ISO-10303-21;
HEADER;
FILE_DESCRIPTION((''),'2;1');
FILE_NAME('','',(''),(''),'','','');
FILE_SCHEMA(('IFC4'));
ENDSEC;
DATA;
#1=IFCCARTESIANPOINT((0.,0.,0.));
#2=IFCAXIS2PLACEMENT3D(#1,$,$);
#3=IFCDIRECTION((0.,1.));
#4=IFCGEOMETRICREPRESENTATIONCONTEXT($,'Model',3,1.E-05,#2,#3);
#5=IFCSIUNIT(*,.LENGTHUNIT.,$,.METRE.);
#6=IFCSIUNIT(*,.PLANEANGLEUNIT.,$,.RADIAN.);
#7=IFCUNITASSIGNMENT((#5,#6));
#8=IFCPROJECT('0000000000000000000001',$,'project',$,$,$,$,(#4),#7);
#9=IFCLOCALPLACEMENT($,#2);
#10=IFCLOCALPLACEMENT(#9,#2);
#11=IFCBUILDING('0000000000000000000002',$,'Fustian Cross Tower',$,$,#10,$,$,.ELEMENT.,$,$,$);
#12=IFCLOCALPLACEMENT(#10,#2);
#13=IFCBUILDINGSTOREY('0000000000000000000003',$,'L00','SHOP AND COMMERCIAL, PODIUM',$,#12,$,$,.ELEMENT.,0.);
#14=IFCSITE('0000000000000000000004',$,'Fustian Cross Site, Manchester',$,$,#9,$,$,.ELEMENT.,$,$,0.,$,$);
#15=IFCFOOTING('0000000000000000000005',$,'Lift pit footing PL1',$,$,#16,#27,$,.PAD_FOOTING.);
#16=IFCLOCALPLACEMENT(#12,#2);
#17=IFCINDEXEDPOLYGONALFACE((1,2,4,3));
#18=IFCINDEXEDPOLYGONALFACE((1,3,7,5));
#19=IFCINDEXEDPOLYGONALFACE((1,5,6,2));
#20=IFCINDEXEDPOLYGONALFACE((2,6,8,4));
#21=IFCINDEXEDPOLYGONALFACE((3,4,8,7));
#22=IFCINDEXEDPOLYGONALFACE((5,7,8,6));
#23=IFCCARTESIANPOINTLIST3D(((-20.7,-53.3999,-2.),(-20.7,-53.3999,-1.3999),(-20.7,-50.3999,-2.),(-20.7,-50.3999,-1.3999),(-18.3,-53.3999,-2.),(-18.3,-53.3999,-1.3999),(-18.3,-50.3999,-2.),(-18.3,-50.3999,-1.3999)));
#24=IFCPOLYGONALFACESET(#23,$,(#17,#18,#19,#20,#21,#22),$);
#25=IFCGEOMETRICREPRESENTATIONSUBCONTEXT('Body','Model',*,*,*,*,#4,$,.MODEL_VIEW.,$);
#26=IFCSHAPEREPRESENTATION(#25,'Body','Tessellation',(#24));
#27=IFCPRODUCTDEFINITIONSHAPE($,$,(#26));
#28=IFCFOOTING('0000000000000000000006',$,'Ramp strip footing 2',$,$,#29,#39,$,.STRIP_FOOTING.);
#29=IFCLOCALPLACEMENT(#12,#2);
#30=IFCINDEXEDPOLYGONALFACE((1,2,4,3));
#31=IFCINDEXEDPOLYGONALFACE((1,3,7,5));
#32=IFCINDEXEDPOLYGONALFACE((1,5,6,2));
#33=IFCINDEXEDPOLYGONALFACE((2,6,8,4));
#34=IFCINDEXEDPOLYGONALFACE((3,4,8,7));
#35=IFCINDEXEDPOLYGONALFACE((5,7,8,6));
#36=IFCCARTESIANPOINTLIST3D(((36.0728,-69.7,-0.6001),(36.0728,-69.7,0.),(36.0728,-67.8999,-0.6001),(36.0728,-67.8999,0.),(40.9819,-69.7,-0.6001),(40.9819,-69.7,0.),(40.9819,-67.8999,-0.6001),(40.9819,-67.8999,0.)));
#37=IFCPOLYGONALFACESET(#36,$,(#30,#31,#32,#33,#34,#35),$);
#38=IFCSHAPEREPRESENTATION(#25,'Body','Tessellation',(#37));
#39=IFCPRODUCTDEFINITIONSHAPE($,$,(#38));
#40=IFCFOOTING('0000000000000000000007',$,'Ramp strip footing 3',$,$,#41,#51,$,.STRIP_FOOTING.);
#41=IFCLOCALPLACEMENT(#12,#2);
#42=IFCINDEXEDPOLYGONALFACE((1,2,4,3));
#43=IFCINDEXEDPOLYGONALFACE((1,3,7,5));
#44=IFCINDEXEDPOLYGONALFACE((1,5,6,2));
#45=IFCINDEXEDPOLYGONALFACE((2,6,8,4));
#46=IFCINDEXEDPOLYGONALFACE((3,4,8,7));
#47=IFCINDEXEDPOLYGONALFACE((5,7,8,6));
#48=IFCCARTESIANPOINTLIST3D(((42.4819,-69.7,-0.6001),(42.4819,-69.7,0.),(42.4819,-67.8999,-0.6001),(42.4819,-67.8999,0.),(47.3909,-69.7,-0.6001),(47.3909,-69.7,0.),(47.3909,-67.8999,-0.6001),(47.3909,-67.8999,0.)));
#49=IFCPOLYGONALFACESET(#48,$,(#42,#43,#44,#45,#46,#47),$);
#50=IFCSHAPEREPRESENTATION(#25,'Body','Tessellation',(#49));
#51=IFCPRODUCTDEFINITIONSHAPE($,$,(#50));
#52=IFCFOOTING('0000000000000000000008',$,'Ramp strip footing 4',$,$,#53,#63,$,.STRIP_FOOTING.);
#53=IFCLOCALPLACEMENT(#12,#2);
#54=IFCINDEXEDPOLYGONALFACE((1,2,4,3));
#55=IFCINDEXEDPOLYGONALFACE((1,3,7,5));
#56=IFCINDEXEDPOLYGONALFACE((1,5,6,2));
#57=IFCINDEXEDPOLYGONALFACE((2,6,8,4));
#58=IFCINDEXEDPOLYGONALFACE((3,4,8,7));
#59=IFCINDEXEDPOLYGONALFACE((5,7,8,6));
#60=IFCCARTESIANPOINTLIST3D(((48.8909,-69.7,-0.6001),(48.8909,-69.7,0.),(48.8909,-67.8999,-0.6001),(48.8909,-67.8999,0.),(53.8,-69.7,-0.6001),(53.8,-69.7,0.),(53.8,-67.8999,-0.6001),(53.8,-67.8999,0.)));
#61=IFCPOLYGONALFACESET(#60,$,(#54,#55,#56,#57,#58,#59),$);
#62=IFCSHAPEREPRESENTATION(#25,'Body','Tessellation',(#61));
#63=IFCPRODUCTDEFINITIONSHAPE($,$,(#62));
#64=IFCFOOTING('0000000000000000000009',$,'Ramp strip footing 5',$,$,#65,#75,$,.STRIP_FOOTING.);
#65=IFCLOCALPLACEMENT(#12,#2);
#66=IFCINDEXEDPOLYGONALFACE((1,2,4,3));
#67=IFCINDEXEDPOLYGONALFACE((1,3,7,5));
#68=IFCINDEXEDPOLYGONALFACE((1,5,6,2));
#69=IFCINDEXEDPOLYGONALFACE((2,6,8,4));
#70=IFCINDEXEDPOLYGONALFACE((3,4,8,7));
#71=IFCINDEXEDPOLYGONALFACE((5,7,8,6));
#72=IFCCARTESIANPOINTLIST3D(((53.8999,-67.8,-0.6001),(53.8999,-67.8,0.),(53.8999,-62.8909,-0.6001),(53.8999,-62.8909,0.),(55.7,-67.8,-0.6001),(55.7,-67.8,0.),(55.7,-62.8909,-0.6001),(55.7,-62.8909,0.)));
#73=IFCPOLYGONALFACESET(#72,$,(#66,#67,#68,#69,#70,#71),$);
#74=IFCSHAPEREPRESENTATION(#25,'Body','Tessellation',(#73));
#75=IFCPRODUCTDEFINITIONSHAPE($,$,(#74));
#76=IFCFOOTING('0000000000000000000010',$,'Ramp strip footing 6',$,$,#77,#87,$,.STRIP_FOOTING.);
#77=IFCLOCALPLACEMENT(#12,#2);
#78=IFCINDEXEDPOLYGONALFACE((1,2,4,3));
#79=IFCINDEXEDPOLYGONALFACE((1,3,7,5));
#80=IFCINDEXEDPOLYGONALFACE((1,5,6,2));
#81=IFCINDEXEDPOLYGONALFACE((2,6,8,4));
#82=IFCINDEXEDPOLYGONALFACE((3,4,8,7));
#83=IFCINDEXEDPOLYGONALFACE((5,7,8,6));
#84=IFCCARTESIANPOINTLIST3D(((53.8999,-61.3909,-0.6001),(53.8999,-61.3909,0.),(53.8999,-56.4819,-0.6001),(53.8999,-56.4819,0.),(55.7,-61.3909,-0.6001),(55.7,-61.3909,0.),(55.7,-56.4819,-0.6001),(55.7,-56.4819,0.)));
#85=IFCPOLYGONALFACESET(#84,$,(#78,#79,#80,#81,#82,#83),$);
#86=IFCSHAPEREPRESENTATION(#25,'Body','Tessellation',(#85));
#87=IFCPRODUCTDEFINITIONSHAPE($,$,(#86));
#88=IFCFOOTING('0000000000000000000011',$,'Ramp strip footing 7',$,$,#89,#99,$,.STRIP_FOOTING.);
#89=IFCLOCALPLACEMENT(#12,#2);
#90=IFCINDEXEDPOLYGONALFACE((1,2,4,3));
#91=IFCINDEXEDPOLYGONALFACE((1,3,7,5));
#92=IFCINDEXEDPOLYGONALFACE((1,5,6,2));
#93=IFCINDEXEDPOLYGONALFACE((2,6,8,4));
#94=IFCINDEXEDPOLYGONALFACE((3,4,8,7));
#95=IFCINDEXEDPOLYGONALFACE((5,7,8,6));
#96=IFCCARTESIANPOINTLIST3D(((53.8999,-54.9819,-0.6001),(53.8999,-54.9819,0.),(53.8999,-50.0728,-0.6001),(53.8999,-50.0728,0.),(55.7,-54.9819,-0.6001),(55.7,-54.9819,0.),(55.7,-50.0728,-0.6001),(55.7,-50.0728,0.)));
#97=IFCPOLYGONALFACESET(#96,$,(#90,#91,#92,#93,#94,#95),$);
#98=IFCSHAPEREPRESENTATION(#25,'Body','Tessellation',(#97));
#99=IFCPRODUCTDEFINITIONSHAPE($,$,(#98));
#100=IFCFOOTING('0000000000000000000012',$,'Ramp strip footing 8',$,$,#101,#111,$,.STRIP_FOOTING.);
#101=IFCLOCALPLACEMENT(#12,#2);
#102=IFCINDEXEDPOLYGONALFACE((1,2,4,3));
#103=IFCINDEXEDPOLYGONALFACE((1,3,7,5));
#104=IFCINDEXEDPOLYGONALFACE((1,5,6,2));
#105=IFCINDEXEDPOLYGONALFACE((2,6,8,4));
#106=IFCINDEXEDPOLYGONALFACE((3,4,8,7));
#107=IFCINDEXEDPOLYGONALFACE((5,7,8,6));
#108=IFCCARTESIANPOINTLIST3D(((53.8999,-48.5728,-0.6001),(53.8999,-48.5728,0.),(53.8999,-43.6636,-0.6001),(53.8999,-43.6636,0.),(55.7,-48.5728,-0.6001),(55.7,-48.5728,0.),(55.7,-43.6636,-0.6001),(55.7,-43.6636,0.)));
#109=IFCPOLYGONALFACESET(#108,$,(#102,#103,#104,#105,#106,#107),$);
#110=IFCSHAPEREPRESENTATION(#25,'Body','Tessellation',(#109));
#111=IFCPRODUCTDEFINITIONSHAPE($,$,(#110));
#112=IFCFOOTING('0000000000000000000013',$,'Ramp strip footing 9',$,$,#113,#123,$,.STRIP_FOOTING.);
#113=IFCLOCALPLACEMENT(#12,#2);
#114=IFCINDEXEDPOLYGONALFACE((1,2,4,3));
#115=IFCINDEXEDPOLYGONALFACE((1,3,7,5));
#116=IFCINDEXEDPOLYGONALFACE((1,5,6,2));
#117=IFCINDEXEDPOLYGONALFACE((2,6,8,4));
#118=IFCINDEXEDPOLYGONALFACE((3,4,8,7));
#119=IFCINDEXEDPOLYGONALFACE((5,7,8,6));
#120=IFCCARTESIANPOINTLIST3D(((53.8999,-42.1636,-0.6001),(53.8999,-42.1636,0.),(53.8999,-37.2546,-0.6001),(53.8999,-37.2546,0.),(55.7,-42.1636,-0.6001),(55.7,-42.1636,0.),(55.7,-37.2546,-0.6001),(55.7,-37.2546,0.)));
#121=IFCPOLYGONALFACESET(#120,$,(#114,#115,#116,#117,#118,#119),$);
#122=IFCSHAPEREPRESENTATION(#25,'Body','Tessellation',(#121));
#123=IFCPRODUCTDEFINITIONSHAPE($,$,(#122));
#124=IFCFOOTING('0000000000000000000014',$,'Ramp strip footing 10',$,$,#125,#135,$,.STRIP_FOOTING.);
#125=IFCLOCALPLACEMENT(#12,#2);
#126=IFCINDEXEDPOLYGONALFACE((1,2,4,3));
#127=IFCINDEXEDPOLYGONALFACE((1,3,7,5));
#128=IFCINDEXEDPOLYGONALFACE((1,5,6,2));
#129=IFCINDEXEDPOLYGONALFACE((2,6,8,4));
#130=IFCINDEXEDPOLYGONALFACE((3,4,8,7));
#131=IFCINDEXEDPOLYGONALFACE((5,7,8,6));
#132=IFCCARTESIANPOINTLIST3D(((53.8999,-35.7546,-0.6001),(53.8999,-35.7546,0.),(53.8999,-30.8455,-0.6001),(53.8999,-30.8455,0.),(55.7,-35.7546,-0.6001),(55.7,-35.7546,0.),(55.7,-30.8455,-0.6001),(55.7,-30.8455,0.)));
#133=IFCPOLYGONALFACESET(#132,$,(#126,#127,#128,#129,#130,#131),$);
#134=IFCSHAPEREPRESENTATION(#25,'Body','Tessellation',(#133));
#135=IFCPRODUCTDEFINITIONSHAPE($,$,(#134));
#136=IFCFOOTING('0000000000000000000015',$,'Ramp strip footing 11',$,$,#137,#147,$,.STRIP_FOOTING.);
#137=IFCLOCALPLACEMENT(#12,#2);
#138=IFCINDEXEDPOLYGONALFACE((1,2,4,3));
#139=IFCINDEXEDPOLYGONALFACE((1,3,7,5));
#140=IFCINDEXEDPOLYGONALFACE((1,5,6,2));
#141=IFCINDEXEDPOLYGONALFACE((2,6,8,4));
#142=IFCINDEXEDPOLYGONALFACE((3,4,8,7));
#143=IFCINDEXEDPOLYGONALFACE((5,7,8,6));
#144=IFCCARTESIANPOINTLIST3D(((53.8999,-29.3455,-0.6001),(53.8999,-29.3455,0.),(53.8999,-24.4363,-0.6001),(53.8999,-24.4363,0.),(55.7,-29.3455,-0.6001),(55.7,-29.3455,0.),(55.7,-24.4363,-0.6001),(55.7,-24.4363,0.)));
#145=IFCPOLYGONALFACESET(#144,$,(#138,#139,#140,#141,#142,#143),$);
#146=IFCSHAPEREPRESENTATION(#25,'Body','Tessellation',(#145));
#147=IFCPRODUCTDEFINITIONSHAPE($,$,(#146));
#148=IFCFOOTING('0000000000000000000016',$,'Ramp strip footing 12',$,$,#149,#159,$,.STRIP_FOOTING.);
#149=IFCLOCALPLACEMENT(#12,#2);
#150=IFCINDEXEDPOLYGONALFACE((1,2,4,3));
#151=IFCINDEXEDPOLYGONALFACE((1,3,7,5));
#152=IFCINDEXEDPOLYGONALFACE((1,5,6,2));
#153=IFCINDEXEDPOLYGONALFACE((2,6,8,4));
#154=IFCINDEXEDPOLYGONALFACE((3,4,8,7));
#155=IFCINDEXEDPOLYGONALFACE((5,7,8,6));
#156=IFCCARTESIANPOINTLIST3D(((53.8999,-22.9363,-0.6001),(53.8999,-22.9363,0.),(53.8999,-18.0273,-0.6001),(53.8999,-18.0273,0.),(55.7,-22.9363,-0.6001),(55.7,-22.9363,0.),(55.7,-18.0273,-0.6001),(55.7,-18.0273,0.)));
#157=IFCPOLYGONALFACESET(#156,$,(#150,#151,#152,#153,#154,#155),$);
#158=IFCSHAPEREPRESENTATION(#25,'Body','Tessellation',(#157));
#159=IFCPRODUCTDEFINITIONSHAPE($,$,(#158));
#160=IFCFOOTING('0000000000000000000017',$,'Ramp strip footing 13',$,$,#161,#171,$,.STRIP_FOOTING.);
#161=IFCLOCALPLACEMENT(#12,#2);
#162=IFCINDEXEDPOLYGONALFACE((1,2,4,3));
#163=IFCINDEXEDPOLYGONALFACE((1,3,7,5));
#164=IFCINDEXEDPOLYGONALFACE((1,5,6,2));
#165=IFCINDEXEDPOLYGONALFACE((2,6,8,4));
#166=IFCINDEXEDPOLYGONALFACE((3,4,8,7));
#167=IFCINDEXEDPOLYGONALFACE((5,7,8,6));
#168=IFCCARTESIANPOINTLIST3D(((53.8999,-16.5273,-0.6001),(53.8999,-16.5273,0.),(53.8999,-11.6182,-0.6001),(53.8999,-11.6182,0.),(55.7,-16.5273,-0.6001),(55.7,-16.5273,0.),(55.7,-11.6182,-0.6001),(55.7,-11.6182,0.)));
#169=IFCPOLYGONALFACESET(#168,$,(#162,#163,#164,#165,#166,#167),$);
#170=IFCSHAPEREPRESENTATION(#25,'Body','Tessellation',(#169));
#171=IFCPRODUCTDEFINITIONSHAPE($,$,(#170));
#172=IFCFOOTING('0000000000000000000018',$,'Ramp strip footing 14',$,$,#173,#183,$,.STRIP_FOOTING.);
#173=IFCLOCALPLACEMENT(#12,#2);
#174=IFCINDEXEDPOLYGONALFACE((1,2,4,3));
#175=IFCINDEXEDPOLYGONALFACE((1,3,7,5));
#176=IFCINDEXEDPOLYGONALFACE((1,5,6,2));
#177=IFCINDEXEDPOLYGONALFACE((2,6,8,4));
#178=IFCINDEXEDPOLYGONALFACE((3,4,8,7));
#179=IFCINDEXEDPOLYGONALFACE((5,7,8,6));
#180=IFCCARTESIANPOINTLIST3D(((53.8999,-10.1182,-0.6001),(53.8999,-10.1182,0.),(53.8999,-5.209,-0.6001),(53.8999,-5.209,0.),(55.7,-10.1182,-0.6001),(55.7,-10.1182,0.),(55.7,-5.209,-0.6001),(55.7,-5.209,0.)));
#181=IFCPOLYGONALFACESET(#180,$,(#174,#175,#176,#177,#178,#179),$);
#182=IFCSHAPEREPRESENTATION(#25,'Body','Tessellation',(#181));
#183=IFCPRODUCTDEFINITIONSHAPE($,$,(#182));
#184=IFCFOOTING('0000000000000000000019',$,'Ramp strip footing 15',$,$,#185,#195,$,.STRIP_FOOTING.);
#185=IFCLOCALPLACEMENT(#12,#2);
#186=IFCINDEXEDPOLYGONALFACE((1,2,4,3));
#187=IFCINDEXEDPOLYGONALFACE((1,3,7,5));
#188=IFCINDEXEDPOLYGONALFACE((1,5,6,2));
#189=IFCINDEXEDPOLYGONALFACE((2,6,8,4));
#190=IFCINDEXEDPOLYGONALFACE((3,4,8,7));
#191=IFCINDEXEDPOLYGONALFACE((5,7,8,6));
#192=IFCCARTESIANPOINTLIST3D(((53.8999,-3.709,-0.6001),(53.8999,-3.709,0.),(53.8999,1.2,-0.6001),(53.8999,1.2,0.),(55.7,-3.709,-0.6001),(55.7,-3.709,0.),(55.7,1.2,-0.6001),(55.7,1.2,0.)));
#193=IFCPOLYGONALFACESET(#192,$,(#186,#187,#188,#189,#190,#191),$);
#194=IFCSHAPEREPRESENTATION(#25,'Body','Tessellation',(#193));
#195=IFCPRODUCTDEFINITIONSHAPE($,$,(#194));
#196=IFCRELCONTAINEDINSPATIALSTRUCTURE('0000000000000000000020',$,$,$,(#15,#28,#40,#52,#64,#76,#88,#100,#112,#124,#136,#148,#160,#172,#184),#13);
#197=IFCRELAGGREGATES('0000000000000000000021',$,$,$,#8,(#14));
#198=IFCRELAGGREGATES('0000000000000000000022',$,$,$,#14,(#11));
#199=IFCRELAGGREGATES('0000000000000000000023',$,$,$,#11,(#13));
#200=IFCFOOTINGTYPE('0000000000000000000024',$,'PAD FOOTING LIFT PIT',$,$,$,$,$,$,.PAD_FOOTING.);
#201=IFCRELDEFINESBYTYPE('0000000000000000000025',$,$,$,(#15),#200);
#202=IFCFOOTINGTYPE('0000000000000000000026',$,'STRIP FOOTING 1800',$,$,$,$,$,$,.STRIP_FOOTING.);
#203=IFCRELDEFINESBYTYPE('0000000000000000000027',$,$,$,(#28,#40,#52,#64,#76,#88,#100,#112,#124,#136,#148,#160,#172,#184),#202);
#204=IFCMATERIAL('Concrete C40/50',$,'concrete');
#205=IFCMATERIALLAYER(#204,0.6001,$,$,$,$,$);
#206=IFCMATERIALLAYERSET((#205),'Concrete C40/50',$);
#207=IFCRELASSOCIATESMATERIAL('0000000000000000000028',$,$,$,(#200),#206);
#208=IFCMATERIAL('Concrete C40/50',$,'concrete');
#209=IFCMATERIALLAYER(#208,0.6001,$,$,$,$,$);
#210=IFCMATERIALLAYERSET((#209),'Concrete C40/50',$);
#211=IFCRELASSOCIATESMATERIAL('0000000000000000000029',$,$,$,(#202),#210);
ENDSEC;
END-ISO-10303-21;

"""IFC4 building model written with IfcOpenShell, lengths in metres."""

from ifc_helpers import new_model, si_unit, direction, frame, origin, place, context, subcontext, project, spatial, polyline, outline, extrude, material, layer, layer_set, type_object, element, save


model = new_model("IFC4")

# Units and contexts
model_context = context("Model", 3, precision=1e-05, world=origin(), true_north=direction((0.0, 1.0)))
body_context = subcontext(model_context, "Body", "Model", "MODEL_VIEW")
ifc_project = project(units=[si_unit("LENGTHUNIT", "METRE"), si_unit("PLANEANGLEUNIT", "RADIAN")], contexts=[model_context])

# Site, building, storey
site_placement = place(None, origin())
site = spatial("IfcSite", under=ifc_project, at=site_placement, Name="Fustian Cross Site, Manchester", CompositionType="ELEMENT", RefElevation=0.0)
building_placement = place(site_placement, origin())
building = spatial("IfcBuilding", under=site, at=building_placement, Name="Fustian Cross Tower", CompositionType="ELEMENT")
storey_placement = place(building_placement, origin())
storey = spatial("IfcBuildingStorey", under=building, at=storey_placement, Name="L00", Description="SHOP AND COMMERCIAL, PODIUM", CompositionType="ELEMENT", Elevation=0.0)

# Footings
ifc_material_1 = material(Name="Concrete C40/50", Category="concrete")
ifc_layer_1 = layer(ifc_material_1, 0.6001)
ifc_layer_set_1 = layer_set([ifc_layer_1], Name="Concrete C40/50")
footing_type_1 = type_object("IfcFootingType", Name="PAD FOOTING LIFT PIT", PredefinedType="PAD_FOOTING", material=ifc_layer_set_1)
footing_1_placement = place(storey_placement, frame((0.0, 0.0, -2.0)))
element("IfcFooting", 1, at=footing_1_placement, inside=storey, type_object=footing_type_1, Name="Lift pit footing PL1", PredefinedType="PAD_FOOTING", context=body_context, shape_type="SweptSolid", body=[
    extrude(outline(polyline([(-20.7, -53.3999), (-18.3, -53.3999), (-18.3, -50.3999), (-20.7, -50.3999), (-20.7, -53.3999)])), origin(), (0.0, 0.0, 1.0), 0.6001),
])
ifc_material_2 = material(Name="Concrete C40/50", Category="concrete")
ifc_layer_2 = layer(ifc_material_2, 0.6001)
ifc_layer_set_2 = layer_set([ifc_layer_2], Name="Concrete C40/50")
footing_type_2 = type_object("IfcFootingType", Name="STRIP FOOTING 1800", PredefinedType="STRIP_FOOTING", material=ifc_layer_set_2)
footing_2_placement = place(storey_placement, frame((0.0, 0.0, -0.6001)))
element("IfcFooting", 2, at=footing_2_placement, inside=storey, type_object=footing_type_2, Name="Ramp strip footing 2", PredefinedType="STRIP_FOOTING", context=body_context, shape_type="SweptSolid", body=[
    extrude(outline(polyline([(36.0728, -69.7), (40.9819, -69.7), (40.9819, -67.8999), (36.0728, -67.8999), (36.0728, -69.7)])), origin(), (0.0, 0.0, 1.0), 0.6001),
])
footing_3_placement = place(storey_placement, frame((0.0, 0.0, -0.6001)))
element("IfcFooting", 3, at=footing_3_placement, inside=storey, type_object=footing_type_2, Name="Ramp strip footing 3", PredefinedType="STRIP_FOOTING", context=body_context, shape_type="SweptSolid", body=[
    extrude(outline(polyline([(42.4819, -69.7), (47.3909, -69.7), (47.3909, -67.8999), (42.4819, -67.8999), (42.4819, -69.7)])), origin(), (0.0, 0.0, 1.0), 0.6001),
])
footing_4_placement = place(storey_placement, frame((0.0, 0.0, -0.6001)))
element("IfcFooting", 4, at=footing_4_placement, inside=storey, type_object=footing_type_2, Name="Ramp strip footing 4", PredefinedType="STRIP_FOOTING", context=body_context, shape_type="SweptSolid", body=[
    extrude(outline(polyline([(48.8909, -69.7), (53.8, -69.7), (53.8, -67.8999), (48.8909, -67.8999), (48.8909, -69.7)])), origin(), (0.0, 0.0, 1.0), 0.6001),
])
footing_5_placement = place(storey_placement, frame((0.0, 0.0, -0.6001)))
element("IfcFooting", 5, at=footing_5_placement, inside=storey, type_object=footing_type_2, Name="Ramp strip footing 5", PredefinedType="STRIP_FOOTING", context=body_context, shape_type="SweptSolid", body=[
    extrude(outline(polyline([(53.8999, -67.8), (55.7, -67.8), (55.7, -62.8909), (53.8999, -62.8909), (53.8999, -67.8)])), origin(), (0.0, 0.0, 1.0), 0.6001),
])
footing_6_placement = place(storey_placement, frame((0.0, 0.0, -0.6001)))
element("IfcFooting", 6, at=footing_6_placement, inside=storey, type_object=footing_type_2, Name="Ramp strip footing 6", PredefinedType="STRIP_FOOTING", context=body_context, shape_type="SweptSolid", body=[
    extrude(outline(polyline([(53.8999, -61.3909), (55.7, -61.3909), (55.7, -56.4819), (53.8999, -56.4819), (53.8999, -61.3909)])), origin(), (0.0, 0.0, 1.0), 0.6001),
])
footing_7_placement = place(storey_placement, frame((0.0, 0.0, -0.6001)))
element("IfcFooting", 7, at=footing_7_placement, inside=storey, type_object=footing_type_2, Name="Ramp strip footing 7", PredefinedType="STRIP_FOOTING", context=body_context, shape_type="SweptSolid", body=[
    extrude(outline(polyline([(53.8999, -54.9819), (55.7, -54.9819), (55.7, -50.0728), (53.8999, -50.0728), (53.8999, -54.9819)])), origin(), (0.0, 0.0, 1.0), 0.6001),
])
footing_8_placement = place(storey_placement, frame((0.0, 0.0, -0.6001)))
element("IfcFooting", 8, at=footing_8_placement, inside=storey, type_object=footing_type_2, Name="Ramp strip footing 8", PredefinedType="STRIP_FOOTING", context=body_context, shape_type="SweptSolid", body=[
    extrude(outline(polyline([(53.8999, -48.5728), (55.7, -48.5728), (55.7, -43.6636), (53.8999, -43.6636), (53.8999, -48.5728)])), origin(), (0.0, 0.0, 1.0), 0.6001),
])
footing_9_placement = place(storey_placement, frame((0.0, 0.0, -0.6001)))
element("IfcFooting", 9, at=footing_9_placement, inside=storey, type_object=footing_type_2, Name="Ramp strip footing 9", PredefinedType="STRIP_FOOTING", context=body_context, shape_type="SweptSolid", body=[
    extrude(outline(polyline([(53.8999, -42.1636), (55.7, -42.1636), (55.7, -37.2546), (53.8999, -37.2546), (53.8999, -42.1636)])), origin(), (0.0, 0.0, 1.0), 0.6001),
])
footing_10_placement = place(storey_placement, frame((0.0, 0.0, -0.6001)))
element("IfcFooting", 10, at=footing_10_placement, inside=storey, type_object=footing_type_2, Name="Ramp strip footing 10", PredefinedType="STRIP_FOOTING", context=body_context, shape_type="SweptSolid", body=[
    extrude(outline(polyline([(53.8999, -35.7546), (55.7, -35.7546), (55.7, -30.8455), (53.8999, -30.8455), (53.8999, -35.7546)])), origin(), (0.0, 0.0, 1.0), 0.6001),
])
footing_11_placement = place(storey_placement, frame((0.0, 0.0, -0.6001)))
element("IfcFooting", 11, at=footing_11_placement, inside=storey, type_object=footing_type_2, Name="Ramp strip footing 11", PredefinedType="STRIP_FOOTING", context=body_context, shape_type="SweptSolid", body=[
    extrude(outline(polyline([(53.8999, -29.3455), (55.7, -29.3455), (55.7, -24.4363), (53.8999, -24.4363), (53.8999, -29.3455)])), origin(), (0.0, 0.0, 1.0), 0.6001),
])
footing_12_placement = place(storey_placement, frame((0.0, 0.0, -0.6001)))
element("IfcFooting", 12, at=footing_12_placement, inside=storey, type_object=footing_type_2, Name="Ramp strip footing 12", PredefinedType="STRIP_FOOTING", context=body_context, shape_type="SweptSolid", body=[
    extrude(outline(polyline([(53.8999, -22.9363), (55.7, -22.9363), (55.7, -18.0273), (53.8999, -18.0273), (53.8999, -22.9363)])), origin(), (0.0, 0.0, 1.0), 0.6001),
])
footing_13_placement = place(storey_placement, frame((0.0, 0.0, -0.6001)))
element("IfcFooting", 13, at=footing_13_placement, inside=storey, type_object=footing_type_2, Name="Ramp strip footing 13", PredefinedType="STRIP_FOOTING", context=body_context, shape_type="SweptSolid", body=[
    extrude(outline(polyline([(53.8999, -16.5273), (55.7, -16.5273), (55.7, -11.6182), (53.8999, -11.6182), (53.8999, -16.5273)])), origin(), (0.0, 0.0, 1.0), 0.6001),
])
footing_14_placement = place(storey_placement, frame((0.0, 0.0, -0.6001)))
element("IfcFooting", 14, at=footing_14_placement, inside=storey, type_object=footing_type_2, Name="Ramp strip footing 14", PredefinedType="STRIP_FOOTING", context=body_context, shape_type="SweptSolid", body=[
    extrude(outline(polyline([(53.8999, -10.1182), (55.7, -10.1182), (55.7, -5.209), (53.8999, -5.209), (53.8999, -10.1182)])), origin(), (0.0, 0.0, 1.0), 0.6001),
])
footing_15_placement = place(storey_placement, frame((0.0, 0.0, -0.6001)))
element("IfcFooting", 15, at=footing_15_placement, inside=storey, type_object=footing_type_2, Name="Ramp strip footing 15", PredefinedType="STRIP_FOOTING", context=body_context, shape_type="SweptSolid", body=[
    extrude(outline(polyline([(53.8999, -3.709), (55.7, -3.709), (55.7, 1.2), (53.8999, 1.2), (53.8999, -3.709)])), origin(), (0.0, 0.0, 1.0), 0.6001),
])

save(model, "model.ifc")
